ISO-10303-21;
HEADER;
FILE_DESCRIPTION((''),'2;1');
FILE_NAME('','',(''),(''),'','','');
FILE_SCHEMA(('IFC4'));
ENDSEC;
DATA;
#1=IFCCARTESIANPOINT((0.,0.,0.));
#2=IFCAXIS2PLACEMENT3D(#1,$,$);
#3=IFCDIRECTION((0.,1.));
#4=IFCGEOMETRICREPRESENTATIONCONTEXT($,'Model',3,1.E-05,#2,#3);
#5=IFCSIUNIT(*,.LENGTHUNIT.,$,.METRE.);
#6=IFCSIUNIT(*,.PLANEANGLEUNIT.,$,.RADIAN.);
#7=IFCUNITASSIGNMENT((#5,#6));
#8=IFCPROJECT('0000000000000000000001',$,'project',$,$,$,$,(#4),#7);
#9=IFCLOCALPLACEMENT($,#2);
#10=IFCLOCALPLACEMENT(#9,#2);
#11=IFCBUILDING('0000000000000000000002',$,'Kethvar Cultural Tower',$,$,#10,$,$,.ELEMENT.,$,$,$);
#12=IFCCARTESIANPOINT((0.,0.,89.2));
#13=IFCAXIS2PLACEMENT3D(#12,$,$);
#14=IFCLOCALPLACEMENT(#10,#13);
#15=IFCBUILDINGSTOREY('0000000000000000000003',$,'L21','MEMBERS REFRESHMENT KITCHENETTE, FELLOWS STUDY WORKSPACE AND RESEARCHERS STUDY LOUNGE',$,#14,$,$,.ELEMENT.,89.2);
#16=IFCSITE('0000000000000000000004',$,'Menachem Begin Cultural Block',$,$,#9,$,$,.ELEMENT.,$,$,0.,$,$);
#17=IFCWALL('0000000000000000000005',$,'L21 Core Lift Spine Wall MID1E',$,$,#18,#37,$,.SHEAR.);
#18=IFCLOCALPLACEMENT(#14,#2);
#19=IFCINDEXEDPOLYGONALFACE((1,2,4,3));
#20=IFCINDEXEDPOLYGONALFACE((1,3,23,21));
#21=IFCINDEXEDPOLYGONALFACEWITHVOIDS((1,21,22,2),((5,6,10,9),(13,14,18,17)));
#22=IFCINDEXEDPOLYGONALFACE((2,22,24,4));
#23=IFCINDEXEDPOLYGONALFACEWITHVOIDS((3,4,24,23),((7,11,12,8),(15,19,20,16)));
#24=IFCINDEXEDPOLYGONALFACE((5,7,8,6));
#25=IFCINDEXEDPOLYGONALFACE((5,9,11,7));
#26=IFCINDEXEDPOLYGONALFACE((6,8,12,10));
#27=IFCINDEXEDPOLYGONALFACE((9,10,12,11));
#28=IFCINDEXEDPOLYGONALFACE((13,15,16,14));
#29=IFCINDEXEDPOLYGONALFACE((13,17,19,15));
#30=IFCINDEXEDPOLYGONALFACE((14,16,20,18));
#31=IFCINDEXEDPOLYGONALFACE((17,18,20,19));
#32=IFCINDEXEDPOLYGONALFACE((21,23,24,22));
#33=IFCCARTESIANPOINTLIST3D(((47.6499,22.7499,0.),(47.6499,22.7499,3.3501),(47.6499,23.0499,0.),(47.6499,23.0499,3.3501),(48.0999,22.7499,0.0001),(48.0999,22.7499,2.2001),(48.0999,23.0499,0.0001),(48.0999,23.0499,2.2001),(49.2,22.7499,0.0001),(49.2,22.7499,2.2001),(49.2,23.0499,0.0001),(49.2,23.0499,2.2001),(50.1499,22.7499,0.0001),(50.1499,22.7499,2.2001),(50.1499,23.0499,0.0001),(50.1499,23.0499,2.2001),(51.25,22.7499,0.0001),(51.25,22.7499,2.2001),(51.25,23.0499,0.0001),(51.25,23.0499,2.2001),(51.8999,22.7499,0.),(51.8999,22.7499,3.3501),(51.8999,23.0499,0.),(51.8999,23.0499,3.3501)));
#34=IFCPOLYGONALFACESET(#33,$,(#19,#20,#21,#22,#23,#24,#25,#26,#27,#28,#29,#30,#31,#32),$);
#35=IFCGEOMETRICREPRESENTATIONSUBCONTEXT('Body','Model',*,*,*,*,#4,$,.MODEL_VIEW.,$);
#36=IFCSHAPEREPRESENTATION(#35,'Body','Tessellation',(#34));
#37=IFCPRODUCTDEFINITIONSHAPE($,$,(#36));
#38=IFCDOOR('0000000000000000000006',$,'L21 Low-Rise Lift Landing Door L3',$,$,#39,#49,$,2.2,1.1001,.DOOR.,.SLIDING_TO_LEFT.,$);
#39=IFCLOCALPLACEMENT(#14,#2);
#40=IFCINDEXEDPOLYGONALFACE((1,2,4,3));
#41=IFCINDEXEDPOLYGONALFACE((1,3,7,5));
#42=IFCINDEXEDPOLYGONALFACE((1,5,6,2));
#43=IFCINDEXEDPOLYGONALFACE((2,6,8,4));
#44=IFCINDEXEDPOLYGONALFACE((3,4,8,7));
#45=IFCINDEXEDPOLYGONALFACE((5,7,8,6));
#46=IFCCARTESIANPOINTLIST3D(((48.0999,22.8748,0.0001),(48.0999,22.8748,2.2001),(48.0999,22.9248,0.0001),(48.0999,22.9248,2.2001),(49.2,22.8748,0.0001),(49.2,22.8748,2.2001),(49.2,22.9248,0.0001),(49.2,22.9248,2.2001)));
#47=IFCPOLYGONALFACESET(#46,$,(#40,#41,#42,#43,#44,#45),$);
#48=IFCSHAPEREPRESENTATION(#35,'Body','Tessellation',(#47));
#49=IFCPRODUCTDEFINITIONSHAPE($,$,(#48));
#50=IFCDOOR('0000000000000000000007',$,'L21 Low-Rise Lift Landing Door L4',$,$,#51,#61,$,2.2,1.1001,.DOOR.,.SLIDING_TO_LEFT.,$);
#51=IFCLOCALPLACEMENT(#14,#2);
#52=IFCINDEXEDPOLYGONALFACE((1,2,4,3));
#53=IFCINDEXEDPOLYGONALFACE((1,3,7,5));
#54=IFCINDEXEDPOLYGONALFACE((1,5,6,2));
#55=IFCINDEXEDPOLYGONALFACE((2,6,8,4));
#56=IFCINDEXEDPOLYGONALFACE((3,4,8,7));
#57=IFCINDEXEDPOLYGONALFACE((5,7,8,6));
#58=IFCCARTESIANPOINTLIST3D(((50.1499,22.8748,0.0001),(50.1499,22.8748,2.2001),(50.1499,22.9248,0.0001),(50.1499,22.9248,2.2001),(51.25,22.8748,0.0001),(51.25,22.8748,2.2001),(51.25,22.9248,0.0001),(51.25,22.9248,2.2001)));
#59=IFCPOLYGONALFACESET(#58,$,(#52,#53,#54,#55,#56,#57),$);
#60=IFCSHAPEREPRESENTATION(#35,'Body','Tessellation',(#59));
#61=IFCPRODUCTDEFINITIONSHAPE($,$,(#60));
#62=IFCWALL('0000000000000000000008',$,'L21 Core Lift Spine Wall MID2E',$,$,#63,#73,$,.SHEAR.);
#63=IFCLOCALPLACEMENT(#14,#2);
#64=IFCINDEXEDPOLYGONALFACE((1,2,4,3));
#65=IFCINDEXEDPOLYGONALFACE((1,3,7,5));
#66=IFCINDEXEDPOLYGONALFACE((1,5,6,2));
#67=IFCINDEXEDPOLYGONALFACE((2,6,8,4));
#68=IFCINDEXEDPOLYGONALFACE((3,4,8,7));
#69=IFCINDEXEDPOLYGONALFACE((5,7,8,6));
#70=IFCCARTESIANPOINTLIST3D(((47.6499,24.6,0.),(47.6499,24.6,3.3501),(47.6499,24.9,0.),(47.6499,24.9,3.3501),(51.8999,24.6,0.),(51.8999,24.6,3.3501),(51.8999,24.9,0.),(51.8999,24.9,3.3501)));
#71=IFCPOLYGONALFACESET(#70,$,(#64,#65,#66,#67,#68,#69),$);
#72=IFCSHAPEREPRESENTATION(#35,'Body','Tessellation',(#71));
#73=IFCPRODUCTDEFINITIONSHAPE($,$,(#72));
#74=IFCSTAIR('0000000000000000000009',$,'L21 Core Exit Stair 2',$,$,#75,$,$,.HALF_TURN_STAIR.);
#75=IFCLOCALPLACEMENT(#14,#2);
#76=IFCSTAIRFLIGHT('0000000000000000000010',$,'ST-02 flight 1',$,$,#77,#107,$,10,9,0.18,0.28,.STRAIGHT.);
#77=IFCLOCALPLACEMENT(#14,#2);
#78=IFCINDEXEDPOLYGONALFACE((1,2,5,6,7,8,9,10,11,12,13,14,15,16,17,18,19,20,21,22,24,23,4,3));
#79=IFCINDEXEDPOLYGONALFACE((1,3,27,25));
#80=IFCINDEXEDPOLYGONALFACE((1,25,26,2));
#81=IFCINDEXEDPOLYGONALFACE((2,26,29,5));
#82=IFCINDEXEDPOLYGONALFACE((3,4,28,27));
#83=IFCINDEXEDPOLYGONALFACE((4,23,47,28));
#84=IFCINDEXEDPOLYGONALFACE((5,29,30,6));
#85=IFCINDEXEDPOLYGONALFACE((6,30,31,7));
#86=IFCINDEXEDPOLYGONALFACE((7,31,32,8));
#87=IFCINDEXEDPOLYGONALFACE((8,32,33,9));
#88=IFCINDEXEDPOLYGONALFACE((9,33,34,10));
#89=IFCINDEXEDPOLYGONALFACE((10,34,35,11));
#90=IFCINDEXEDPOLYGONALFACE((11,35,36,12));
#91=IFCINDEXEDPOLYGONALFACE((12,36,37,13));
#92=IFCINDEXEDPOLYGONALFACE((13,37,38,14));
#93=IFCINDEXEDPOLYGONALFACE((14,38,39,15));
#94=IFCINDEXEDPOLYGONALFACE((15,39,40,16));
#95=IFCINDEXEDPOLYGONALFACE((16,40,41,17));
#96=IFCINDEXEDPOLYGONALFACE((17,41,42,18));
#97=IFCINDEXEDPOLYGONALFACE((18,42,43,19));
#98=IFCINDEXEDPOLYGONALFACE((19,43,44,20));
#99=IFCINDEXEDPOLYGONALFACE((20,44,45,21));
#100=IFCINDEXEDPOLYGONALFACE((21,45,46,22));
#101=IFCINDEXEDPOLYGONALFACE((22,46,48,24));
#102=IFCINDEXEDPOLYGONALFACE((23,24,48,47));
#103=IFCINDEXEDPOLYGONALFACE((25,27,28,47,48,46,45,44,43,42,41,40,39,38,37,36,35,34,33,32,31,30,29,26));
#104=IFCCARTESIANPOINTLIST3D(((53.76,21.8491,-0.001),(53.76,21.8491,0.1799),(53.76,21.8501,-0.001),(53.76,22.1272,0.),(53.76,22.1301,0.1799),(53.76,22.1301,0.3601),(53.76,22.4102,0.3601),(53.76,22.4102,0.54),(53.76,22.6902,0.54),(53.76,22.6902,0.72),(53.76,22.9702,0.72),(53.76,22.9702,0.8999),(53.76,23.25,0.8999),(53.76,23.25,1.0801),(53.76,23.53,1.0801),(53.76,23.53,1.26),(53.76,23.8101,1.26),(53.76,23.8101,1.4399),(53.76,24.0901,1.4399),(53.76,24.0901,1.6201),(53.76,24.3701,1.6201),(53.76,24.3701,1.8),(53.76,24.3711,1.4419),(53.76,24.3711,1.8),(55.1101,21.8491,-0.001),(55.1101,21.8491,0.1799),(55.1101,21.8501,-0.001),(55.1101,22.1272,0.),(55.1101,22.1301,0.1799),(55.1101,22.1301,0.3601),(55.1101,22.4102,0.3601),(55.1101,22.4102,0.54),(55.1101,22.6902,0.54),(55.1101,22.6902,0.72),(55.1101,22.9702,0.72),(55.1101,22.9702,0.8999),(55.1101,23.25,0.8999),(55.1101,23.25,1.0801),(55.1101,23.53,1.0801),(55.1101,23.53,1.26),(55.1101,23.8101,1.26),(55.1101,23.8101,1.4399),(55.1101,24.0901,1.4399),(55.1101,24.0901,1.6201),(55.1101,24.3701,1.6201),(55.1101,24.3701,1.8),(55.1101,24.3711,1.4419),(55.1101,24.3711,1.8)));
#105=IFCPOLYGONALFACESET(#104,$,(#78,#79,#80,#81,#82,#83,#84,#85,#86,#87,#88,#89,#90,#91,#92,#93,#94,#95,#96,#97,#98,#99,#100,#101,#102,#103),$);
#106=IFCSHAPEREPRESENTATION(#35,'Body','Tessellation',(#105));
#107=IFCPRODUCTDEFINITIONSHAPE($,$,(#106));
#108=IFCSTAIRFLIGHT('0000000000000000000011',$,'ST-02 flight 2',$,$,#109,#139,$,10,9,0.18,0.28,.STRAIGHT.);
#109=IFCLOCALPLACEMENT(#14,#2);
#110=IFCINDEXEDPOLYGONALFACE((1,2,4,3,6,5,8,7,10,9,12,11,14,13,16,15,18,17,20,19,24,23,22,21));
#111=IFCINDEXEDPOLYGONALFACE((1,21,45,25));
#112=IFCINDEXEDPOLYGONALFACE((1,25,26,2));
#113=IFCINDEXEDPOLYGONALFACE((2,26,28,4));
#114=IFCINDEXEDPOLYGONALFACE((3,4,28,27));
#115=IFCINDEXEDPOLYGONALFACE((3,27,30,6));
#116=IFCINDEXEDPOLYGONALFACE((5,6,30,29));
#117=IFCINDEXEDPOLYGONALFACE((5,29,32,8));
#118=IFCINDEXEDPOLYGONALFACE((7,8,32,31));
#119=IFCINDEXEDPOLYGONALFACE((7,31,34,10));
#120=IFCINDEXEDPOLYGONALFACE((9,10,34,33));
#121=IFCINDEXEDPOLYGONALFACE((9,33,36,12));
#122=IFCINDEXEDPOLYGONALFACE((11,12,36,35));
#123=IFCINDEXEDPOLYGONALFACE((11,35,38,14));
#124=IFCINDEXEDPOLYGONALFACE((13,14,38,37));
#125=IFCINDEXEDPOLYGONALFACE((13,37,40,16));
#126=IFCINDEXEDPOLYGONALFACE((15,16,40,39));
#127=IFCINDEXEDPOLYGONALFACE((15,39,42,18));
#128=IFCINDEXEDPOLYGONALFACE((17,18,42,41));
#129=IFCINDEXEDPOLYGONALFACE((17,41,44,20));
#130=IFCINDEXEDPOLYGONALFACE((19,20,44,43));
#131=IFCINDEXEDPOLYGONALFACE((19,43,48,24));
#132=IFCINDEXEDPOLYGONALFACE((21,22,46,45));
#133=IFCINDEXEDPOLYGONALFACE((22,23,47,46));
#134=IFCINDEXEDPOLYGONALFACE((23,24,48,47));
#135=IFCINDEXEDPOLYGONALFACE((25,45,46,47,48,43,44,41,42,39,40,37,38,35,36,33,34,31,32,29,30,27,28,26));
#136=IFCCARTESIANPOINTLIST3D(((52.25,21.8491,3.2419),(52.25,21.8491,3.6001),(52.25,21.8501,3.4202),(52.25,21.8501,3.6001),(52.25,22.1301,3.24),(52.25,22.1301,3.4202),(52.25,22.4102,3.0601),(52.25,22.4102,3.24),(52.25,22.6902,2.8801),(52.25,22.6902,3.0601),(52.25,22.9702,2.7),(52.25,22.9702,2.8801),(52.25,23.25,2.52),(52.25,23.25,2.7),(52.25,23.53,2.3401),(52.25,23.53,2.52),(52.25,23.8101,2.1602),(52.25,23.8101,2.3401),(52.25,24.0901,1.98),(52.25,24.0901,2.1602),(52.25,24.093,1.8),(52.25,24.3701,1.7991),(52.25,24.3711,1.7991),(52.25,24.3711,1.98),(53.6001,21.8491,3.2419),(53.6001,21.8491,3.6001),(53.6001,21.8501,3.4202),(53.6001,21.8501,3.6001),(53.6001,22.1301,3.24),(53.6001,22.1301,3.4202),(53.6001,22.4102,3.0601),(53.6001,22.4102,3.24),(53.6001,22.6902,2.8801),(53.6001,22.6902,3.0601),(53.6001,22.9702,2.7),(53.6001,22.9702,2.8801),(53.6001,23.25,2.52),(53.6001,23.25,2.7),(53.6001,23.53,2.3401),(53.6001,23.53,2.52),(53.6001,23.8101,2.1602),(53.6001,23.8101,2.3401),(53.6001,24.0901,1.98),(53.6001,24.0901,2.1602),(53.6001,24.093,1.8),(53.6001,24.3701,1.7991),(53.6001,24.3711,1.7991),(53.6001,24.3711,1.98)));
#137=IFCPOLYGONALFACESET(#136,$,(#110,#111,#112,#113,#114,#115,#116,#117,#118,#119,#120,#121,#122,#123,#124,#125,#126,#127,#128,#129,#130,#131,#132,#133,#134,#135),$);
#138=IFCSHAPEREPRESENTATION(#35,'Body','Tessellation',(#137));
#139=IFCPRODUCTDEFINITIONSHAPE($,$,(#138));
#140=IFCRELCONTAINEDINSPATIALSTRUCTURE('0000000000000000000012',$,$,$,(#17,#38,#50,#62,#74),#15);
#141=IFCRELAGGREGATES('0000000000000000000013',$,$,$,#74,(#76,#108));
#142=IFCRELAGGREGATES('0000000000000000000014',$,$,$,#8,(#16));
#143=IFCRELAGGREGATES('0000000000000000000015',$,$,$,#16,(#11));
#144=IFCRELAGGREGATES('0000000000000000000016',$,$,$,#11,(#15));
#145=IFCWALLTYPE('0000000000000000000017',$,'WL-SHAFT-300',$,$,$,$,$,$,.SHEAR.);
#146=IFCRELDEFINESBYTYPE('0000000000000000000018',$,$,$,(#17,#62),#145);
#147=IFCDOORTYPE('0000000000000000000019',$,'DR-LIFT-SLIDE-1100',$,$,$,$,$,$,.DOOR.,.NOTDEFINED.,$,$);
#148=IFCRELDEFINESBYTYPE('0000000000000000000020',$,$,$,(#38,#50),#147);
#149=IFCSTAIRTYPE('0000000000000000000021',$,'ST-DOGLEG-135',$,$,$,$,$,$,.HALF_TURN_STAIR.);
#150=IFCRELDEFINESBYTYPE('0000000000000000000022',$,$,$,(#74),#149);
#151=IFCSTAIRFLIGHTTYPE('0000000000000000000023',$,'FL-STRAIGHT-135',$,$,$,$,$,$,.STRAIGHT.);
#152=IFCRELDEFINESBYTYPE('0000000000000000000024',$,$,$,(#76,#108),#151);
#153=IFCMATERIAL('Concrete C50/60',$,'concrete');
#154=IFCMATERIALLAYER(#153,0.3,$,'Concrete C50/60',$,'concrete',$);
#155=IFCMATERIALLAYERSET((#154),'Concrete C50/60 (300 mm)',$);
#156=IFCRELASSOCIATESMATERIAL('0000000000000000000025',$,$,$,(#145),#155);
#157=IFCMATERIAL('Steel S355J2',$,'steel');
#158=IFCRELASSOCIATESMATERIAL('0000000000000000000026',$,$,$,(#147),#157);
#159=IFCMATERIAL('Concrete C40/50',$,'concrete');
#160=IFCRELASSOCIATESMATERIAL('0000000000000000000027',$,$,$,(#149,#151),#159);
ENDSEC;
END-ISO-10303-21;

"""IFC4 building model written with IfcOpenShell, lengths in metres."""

from ifc_helpers import new_model, si_unit, direction, frame, frame_2d, origin, place, context, subcontext, project, spatial, polyline, rectangle, outline, extrude, source, transform, mapped, material, layer, layer_set, type_object, element, fill, aggregate, save


model = new_model("IFC4")

# Units and contexts
model_context = context("Model", 3, precision=1e-05, world=origin(), true_north=direction((0.0, 1.0)))
body_context = subcontext(model_context, "Body", "Model", "MODEL_VIEW")
ifc_project = project(units=[si_unit("LENGTHUNIT", "METRE"), si_unit("PLANEANGLEUNIT", "RADIAN")], contexts=[model_context])

# Site, building, storey
site_placement = place(None, origin())
site = spatial("IfcSite", under=ifc_project, at=site_placement, Name="Menachem Begin Cultural Block", CompositionType="ELEMENT", RefElevation=0.0)
building_placement = place(site_placement, origin())
building = spatial("IfcBuilding", under=site, at=building_placement, Name="Kethvar Cultural Tower", CompositionType="ELEMENT")
storey_placement = place(building_placement, frame((0.0, 0.0, 89.2)))
storey = spatial("IfcBuildingStorey", under=building, at=storey_placement, Name="L21", Description="MEMBERS REFRESHMENT KITCHENETTE, FELLOWS STUDY WORKSPACE AND RESEARCHERS STUDY LOUNGE", CompositionType="ELEMENT", Elevation=89.2)

# Shared definitions
ifc_material_1 = material(Name="Steel S355J2", Category="steel")

# Wall, openings, doors
ifc_material_2 = material(Name="Concrete C50/60", Category="concrete")
ifc_layer_1 = layer(ifc_material_2, 0.3, Name="Concrete C50/60", Category="concrete")
ifc_layer_set_1 = layer_set([ifc_layer_1], Name="Concrete C50/60 (300 mm)")
wall_type_1 = type_object("IfcWallType", Name="WL-SHAFT-300", PredefinedType="SHEAR", material=ifc_layer_set_1)
wall_1_placement = place(storey_placement, frame((47.6499, 22.8999, 0.0), z_axis=(0.0, 0.0, 1.0), x_axis=(1.0, 0.0, 0.0)))
wall_1 = element("IfcWall", 1, at=wall_1_placement, inside=storey, type_object=wall_type_1, Name="L21 Core Lift Spine Wall MID1E", PredefinedType="SHEAR", context=body_context, shape_type="SweptSolid", body=[
    extrude(rectangle(XDim=4.25, YDim=0.3, at=frame_2d((2.125, 0.0))), origin(), (0.0, 0.0, 1.0), 3.3501),
])
opening_1_placement = place(wall_1_placement, frame((0.45, 0.0, 0.0)))
opening_1 = element("IfcOpeningElement", 2, at=opening_1_placement, cuts=wall_1, PredefinedType="OPENING", context=body_context, shape_type="SweptSolid", body=[
    extrude(rectangle(XDim=1.1001, YDim=2.2, at=frame_2d((0.55, 1.1001))), frame((0.0, 0.1599, 0.0), z_axis=(0.0, -1.0, 0.0), x_axis=(1.0, 0.0, 0.0)), (0.0, 0.0, 1.0), 0.3201),
])
opening_2_placement = place(wall_1_placement, frame((2.5, 0.0, 0.0)))
opening_2 = element("IfcOpeningElement", 3, at=opening_2_placement, cuts=wall_1, PredefinedType="OPENING", context=body_context, shape_type="SweptSolid", body=[
    extrude(rectangle(XDim=1.1001, YDim=2.2, at=frame_2d((0.55, 1.1001))), frame((0.0, 0.1599, 0.0), z_axis=(0.0, -1.0, 0.0), x_axis=(1.0, 0.0, 0.0)), (0.0, 0.0, 1.0), 0.3201),
])
door_type = type_object("IfcDoorType", Name="DR-LIFT-SLIDE-1100", OperationType="NOTDEFINED", PredefinedType="DOOR", material=ifc_material_1)
shared_shape_1 = source(origin(), body_context, "Body", "SweptSolid", [
    extrude(rectangle(XDim=1.1001, YDim=2.2, at=frame_2d((0.55, 1.1001))), frame((0.0, 0.0249, 0.0), z_axis=(0.0, -1.0, 0.0), x_axis=(1.0, 0.0, 0.0)), (0.0, 0.0, 1.0), 0.05),
])
door_1_placement = place(opening_1_placement, origin())
door_1 = element("IfcDoor", 4, at=door_1_placement, inside=storey, type_object=door_type, Name="L21 Low-Rise Lift Landing Door L3", OperationType="SLIDING_TO_LEFT", OverallHeight=2.2, OverallWidth=1.1001, PredefinedType="DOOR", context=body_context, shape_type="MappedRepresentation", body=[
    mapped(shared_shape_1, transform((0.0, 0.0, 0.0), scale=1.0)),
])
fill(opening_1, door_1)
door_2_placement = place(opening_2_placement, origin())
door_2 = element("IfcDoor", 5, at=door_2_placement, inside=storey, type_object=door_type, Name="L21 Low-Rise Lift Landing Door L4", OperationType="SLIDING_TO_LEFT", OverallHeight=2.2, OverallWidth=1.1001, PredefinedType="DOOR", context=body_context, shape_type="MappedRepresentation", body=[
    mapped(shared_shape_1, transform((0.0, 0.0, 0.0), scale=1.0)),
])
fill(opening_2, door_2)

# Wall
wall_2_placement = place(storey_placement, frame((47.6499, 24.75, 0.0), z_axis=(0.0, 0.0, 1.0), x_axis=(1.0, 0.0, 0.0)))
element("IfcWall", 6, at=wall_2_placement, inside=storey, type_object=wall_type_1, Name="L21 Core Lift Spine Wall MID2E", PredefinedType="SHEAR", context=body_context, shape_type="SweptSolid", body=[
    extrude(rectangle(XDim=4.25, YDim=0.3, at=frame_2d((2.125, 0.0))), origin(), (0.0, 0.0, 1.0), 3.3501),
])

# Stair, stair flights
ifc_material_3 = material(Name="Concrete C40/50", Category="concrete")
stair_type = type_object("IfcStairType", Name="ST-DOGLEG-135", PredefinedType="HALF_TURN_STAIR", material=ifc_material_3)
stair_placement = place(storey_placement, origin())
stair = element("IfcStair", 7, at=stair_placement, inside=storey, type_object=stair_type, Name="L21 Core Exit Stair 2", PredefinedType="HALF_TURN_STAIR")
stair_flight_type = type_object("IfcStairFlightType", Name="FL-STRAIGHT-135", PredefinedType="STRAIGHT", material=ifc_material_3)
stair_flight_1_placement = place(storey_placement, frame((54.4351, 21.8501, 0.0), z_axis=(0.0, 0.0, 1.0), x_axis=(0.0, 1.0, 0.0)))
stair_flight_1 = element("IfcStairFlight", 8, at=stair_flight_1_placement, type_object=stair_flight_type, Name="ST-02 flight 1", NumberOfRisers=10, NumberOfTreads=9, PredefinedType="STRAIGHT", RiserHeight=0.18, TreadLength=0.28, context=body_context, shape_type="SweptSolid", body=[
    extrude(outline(polyline([(-0.001, -0.001), (-0.001, 0.1799), (0.28, 0.1799), (0.28, 0.3601), (0.5601, 0.3601), (0.5601, 0.54), (0.8401, 0.54), (0.8401, 0.72), (1.1201, 0.72), (1.1201, 0.8999), (1.3999, 0.8999), (1.3999, 1.0801), (1.6799, 1.0801), (1.6799, 1.26), (1.96, 1.26), (1.96, 1.4399), (2.24, 1.4399), (2.24, 1.6201), (2.52, 1.6201), (2.52, 1.8), (2.521, 1.8), (2.521, 1.4419), (0.2771, 0.0), (0.0, -0.001), (-0.001, -0.001)])), frame((0.0, 0.675, 0.0), z_axis=(0.0, -1.0, 0.0), x_axis=(1.0, 0.0, 0.0)), (0.0, 0.0, 1.0), 1.3501),
])
stair_flight_2_placement = place(storey_placement, frame((52.925, 24.3701, 1.8), z_axis=(0.0, 0.0, 1.0), x_axis=(0.0, -1.0, 0.0)))
stair_flight_2 = element("IfcStairFlight", 9, at=stair_flight_2_placement, type_object=stair_flight_type, Name="ST-02 flight 2", NumberOfRisers=10, NumberOfTreads=9, PredefinedType="STRAIGHT", RiserHeight=0.18, TreadLength=0.28, context=body_context, shape_type="SweptSolid", body=[
    extrude(outline(polyline([(-0.001, -0.001), (-0.001, 0.1799), (0.28, 0.1799), (0.28, 0.3601), (0.5601, 0.3601), (0.5601, 0.54), (0.8401, 0.54), (0.8401, 0.72), (1.1201, 0.72), (1.1201, 0.8999), (1.3999, 0.8999), (1.3999, 1.0801), (1.6799, 1.0801), (1.6799, 1.26), (1.96, 1.26), (1.96, 1.4399), (2.24, 1.4399), (2.24, 1.6201), (2.52, 1.6201), (2.52, 1.8), (2.521, 1.8), (2.521, 1.4419), (0.2771, 0.0), (0.0, -0.001), (-0.001, -0.001)])), frame((0.0, 0.675, 0.0), z_axis=(0.0, -1.0, 0.0), x_axis=(1.0, 0.0, 0.0)), (0.0, 0.0, 1.0), 1.3501),
])
aggregate(stair, [stair_flight_1, stair_flight_2])

save(model, "model.ifc")
